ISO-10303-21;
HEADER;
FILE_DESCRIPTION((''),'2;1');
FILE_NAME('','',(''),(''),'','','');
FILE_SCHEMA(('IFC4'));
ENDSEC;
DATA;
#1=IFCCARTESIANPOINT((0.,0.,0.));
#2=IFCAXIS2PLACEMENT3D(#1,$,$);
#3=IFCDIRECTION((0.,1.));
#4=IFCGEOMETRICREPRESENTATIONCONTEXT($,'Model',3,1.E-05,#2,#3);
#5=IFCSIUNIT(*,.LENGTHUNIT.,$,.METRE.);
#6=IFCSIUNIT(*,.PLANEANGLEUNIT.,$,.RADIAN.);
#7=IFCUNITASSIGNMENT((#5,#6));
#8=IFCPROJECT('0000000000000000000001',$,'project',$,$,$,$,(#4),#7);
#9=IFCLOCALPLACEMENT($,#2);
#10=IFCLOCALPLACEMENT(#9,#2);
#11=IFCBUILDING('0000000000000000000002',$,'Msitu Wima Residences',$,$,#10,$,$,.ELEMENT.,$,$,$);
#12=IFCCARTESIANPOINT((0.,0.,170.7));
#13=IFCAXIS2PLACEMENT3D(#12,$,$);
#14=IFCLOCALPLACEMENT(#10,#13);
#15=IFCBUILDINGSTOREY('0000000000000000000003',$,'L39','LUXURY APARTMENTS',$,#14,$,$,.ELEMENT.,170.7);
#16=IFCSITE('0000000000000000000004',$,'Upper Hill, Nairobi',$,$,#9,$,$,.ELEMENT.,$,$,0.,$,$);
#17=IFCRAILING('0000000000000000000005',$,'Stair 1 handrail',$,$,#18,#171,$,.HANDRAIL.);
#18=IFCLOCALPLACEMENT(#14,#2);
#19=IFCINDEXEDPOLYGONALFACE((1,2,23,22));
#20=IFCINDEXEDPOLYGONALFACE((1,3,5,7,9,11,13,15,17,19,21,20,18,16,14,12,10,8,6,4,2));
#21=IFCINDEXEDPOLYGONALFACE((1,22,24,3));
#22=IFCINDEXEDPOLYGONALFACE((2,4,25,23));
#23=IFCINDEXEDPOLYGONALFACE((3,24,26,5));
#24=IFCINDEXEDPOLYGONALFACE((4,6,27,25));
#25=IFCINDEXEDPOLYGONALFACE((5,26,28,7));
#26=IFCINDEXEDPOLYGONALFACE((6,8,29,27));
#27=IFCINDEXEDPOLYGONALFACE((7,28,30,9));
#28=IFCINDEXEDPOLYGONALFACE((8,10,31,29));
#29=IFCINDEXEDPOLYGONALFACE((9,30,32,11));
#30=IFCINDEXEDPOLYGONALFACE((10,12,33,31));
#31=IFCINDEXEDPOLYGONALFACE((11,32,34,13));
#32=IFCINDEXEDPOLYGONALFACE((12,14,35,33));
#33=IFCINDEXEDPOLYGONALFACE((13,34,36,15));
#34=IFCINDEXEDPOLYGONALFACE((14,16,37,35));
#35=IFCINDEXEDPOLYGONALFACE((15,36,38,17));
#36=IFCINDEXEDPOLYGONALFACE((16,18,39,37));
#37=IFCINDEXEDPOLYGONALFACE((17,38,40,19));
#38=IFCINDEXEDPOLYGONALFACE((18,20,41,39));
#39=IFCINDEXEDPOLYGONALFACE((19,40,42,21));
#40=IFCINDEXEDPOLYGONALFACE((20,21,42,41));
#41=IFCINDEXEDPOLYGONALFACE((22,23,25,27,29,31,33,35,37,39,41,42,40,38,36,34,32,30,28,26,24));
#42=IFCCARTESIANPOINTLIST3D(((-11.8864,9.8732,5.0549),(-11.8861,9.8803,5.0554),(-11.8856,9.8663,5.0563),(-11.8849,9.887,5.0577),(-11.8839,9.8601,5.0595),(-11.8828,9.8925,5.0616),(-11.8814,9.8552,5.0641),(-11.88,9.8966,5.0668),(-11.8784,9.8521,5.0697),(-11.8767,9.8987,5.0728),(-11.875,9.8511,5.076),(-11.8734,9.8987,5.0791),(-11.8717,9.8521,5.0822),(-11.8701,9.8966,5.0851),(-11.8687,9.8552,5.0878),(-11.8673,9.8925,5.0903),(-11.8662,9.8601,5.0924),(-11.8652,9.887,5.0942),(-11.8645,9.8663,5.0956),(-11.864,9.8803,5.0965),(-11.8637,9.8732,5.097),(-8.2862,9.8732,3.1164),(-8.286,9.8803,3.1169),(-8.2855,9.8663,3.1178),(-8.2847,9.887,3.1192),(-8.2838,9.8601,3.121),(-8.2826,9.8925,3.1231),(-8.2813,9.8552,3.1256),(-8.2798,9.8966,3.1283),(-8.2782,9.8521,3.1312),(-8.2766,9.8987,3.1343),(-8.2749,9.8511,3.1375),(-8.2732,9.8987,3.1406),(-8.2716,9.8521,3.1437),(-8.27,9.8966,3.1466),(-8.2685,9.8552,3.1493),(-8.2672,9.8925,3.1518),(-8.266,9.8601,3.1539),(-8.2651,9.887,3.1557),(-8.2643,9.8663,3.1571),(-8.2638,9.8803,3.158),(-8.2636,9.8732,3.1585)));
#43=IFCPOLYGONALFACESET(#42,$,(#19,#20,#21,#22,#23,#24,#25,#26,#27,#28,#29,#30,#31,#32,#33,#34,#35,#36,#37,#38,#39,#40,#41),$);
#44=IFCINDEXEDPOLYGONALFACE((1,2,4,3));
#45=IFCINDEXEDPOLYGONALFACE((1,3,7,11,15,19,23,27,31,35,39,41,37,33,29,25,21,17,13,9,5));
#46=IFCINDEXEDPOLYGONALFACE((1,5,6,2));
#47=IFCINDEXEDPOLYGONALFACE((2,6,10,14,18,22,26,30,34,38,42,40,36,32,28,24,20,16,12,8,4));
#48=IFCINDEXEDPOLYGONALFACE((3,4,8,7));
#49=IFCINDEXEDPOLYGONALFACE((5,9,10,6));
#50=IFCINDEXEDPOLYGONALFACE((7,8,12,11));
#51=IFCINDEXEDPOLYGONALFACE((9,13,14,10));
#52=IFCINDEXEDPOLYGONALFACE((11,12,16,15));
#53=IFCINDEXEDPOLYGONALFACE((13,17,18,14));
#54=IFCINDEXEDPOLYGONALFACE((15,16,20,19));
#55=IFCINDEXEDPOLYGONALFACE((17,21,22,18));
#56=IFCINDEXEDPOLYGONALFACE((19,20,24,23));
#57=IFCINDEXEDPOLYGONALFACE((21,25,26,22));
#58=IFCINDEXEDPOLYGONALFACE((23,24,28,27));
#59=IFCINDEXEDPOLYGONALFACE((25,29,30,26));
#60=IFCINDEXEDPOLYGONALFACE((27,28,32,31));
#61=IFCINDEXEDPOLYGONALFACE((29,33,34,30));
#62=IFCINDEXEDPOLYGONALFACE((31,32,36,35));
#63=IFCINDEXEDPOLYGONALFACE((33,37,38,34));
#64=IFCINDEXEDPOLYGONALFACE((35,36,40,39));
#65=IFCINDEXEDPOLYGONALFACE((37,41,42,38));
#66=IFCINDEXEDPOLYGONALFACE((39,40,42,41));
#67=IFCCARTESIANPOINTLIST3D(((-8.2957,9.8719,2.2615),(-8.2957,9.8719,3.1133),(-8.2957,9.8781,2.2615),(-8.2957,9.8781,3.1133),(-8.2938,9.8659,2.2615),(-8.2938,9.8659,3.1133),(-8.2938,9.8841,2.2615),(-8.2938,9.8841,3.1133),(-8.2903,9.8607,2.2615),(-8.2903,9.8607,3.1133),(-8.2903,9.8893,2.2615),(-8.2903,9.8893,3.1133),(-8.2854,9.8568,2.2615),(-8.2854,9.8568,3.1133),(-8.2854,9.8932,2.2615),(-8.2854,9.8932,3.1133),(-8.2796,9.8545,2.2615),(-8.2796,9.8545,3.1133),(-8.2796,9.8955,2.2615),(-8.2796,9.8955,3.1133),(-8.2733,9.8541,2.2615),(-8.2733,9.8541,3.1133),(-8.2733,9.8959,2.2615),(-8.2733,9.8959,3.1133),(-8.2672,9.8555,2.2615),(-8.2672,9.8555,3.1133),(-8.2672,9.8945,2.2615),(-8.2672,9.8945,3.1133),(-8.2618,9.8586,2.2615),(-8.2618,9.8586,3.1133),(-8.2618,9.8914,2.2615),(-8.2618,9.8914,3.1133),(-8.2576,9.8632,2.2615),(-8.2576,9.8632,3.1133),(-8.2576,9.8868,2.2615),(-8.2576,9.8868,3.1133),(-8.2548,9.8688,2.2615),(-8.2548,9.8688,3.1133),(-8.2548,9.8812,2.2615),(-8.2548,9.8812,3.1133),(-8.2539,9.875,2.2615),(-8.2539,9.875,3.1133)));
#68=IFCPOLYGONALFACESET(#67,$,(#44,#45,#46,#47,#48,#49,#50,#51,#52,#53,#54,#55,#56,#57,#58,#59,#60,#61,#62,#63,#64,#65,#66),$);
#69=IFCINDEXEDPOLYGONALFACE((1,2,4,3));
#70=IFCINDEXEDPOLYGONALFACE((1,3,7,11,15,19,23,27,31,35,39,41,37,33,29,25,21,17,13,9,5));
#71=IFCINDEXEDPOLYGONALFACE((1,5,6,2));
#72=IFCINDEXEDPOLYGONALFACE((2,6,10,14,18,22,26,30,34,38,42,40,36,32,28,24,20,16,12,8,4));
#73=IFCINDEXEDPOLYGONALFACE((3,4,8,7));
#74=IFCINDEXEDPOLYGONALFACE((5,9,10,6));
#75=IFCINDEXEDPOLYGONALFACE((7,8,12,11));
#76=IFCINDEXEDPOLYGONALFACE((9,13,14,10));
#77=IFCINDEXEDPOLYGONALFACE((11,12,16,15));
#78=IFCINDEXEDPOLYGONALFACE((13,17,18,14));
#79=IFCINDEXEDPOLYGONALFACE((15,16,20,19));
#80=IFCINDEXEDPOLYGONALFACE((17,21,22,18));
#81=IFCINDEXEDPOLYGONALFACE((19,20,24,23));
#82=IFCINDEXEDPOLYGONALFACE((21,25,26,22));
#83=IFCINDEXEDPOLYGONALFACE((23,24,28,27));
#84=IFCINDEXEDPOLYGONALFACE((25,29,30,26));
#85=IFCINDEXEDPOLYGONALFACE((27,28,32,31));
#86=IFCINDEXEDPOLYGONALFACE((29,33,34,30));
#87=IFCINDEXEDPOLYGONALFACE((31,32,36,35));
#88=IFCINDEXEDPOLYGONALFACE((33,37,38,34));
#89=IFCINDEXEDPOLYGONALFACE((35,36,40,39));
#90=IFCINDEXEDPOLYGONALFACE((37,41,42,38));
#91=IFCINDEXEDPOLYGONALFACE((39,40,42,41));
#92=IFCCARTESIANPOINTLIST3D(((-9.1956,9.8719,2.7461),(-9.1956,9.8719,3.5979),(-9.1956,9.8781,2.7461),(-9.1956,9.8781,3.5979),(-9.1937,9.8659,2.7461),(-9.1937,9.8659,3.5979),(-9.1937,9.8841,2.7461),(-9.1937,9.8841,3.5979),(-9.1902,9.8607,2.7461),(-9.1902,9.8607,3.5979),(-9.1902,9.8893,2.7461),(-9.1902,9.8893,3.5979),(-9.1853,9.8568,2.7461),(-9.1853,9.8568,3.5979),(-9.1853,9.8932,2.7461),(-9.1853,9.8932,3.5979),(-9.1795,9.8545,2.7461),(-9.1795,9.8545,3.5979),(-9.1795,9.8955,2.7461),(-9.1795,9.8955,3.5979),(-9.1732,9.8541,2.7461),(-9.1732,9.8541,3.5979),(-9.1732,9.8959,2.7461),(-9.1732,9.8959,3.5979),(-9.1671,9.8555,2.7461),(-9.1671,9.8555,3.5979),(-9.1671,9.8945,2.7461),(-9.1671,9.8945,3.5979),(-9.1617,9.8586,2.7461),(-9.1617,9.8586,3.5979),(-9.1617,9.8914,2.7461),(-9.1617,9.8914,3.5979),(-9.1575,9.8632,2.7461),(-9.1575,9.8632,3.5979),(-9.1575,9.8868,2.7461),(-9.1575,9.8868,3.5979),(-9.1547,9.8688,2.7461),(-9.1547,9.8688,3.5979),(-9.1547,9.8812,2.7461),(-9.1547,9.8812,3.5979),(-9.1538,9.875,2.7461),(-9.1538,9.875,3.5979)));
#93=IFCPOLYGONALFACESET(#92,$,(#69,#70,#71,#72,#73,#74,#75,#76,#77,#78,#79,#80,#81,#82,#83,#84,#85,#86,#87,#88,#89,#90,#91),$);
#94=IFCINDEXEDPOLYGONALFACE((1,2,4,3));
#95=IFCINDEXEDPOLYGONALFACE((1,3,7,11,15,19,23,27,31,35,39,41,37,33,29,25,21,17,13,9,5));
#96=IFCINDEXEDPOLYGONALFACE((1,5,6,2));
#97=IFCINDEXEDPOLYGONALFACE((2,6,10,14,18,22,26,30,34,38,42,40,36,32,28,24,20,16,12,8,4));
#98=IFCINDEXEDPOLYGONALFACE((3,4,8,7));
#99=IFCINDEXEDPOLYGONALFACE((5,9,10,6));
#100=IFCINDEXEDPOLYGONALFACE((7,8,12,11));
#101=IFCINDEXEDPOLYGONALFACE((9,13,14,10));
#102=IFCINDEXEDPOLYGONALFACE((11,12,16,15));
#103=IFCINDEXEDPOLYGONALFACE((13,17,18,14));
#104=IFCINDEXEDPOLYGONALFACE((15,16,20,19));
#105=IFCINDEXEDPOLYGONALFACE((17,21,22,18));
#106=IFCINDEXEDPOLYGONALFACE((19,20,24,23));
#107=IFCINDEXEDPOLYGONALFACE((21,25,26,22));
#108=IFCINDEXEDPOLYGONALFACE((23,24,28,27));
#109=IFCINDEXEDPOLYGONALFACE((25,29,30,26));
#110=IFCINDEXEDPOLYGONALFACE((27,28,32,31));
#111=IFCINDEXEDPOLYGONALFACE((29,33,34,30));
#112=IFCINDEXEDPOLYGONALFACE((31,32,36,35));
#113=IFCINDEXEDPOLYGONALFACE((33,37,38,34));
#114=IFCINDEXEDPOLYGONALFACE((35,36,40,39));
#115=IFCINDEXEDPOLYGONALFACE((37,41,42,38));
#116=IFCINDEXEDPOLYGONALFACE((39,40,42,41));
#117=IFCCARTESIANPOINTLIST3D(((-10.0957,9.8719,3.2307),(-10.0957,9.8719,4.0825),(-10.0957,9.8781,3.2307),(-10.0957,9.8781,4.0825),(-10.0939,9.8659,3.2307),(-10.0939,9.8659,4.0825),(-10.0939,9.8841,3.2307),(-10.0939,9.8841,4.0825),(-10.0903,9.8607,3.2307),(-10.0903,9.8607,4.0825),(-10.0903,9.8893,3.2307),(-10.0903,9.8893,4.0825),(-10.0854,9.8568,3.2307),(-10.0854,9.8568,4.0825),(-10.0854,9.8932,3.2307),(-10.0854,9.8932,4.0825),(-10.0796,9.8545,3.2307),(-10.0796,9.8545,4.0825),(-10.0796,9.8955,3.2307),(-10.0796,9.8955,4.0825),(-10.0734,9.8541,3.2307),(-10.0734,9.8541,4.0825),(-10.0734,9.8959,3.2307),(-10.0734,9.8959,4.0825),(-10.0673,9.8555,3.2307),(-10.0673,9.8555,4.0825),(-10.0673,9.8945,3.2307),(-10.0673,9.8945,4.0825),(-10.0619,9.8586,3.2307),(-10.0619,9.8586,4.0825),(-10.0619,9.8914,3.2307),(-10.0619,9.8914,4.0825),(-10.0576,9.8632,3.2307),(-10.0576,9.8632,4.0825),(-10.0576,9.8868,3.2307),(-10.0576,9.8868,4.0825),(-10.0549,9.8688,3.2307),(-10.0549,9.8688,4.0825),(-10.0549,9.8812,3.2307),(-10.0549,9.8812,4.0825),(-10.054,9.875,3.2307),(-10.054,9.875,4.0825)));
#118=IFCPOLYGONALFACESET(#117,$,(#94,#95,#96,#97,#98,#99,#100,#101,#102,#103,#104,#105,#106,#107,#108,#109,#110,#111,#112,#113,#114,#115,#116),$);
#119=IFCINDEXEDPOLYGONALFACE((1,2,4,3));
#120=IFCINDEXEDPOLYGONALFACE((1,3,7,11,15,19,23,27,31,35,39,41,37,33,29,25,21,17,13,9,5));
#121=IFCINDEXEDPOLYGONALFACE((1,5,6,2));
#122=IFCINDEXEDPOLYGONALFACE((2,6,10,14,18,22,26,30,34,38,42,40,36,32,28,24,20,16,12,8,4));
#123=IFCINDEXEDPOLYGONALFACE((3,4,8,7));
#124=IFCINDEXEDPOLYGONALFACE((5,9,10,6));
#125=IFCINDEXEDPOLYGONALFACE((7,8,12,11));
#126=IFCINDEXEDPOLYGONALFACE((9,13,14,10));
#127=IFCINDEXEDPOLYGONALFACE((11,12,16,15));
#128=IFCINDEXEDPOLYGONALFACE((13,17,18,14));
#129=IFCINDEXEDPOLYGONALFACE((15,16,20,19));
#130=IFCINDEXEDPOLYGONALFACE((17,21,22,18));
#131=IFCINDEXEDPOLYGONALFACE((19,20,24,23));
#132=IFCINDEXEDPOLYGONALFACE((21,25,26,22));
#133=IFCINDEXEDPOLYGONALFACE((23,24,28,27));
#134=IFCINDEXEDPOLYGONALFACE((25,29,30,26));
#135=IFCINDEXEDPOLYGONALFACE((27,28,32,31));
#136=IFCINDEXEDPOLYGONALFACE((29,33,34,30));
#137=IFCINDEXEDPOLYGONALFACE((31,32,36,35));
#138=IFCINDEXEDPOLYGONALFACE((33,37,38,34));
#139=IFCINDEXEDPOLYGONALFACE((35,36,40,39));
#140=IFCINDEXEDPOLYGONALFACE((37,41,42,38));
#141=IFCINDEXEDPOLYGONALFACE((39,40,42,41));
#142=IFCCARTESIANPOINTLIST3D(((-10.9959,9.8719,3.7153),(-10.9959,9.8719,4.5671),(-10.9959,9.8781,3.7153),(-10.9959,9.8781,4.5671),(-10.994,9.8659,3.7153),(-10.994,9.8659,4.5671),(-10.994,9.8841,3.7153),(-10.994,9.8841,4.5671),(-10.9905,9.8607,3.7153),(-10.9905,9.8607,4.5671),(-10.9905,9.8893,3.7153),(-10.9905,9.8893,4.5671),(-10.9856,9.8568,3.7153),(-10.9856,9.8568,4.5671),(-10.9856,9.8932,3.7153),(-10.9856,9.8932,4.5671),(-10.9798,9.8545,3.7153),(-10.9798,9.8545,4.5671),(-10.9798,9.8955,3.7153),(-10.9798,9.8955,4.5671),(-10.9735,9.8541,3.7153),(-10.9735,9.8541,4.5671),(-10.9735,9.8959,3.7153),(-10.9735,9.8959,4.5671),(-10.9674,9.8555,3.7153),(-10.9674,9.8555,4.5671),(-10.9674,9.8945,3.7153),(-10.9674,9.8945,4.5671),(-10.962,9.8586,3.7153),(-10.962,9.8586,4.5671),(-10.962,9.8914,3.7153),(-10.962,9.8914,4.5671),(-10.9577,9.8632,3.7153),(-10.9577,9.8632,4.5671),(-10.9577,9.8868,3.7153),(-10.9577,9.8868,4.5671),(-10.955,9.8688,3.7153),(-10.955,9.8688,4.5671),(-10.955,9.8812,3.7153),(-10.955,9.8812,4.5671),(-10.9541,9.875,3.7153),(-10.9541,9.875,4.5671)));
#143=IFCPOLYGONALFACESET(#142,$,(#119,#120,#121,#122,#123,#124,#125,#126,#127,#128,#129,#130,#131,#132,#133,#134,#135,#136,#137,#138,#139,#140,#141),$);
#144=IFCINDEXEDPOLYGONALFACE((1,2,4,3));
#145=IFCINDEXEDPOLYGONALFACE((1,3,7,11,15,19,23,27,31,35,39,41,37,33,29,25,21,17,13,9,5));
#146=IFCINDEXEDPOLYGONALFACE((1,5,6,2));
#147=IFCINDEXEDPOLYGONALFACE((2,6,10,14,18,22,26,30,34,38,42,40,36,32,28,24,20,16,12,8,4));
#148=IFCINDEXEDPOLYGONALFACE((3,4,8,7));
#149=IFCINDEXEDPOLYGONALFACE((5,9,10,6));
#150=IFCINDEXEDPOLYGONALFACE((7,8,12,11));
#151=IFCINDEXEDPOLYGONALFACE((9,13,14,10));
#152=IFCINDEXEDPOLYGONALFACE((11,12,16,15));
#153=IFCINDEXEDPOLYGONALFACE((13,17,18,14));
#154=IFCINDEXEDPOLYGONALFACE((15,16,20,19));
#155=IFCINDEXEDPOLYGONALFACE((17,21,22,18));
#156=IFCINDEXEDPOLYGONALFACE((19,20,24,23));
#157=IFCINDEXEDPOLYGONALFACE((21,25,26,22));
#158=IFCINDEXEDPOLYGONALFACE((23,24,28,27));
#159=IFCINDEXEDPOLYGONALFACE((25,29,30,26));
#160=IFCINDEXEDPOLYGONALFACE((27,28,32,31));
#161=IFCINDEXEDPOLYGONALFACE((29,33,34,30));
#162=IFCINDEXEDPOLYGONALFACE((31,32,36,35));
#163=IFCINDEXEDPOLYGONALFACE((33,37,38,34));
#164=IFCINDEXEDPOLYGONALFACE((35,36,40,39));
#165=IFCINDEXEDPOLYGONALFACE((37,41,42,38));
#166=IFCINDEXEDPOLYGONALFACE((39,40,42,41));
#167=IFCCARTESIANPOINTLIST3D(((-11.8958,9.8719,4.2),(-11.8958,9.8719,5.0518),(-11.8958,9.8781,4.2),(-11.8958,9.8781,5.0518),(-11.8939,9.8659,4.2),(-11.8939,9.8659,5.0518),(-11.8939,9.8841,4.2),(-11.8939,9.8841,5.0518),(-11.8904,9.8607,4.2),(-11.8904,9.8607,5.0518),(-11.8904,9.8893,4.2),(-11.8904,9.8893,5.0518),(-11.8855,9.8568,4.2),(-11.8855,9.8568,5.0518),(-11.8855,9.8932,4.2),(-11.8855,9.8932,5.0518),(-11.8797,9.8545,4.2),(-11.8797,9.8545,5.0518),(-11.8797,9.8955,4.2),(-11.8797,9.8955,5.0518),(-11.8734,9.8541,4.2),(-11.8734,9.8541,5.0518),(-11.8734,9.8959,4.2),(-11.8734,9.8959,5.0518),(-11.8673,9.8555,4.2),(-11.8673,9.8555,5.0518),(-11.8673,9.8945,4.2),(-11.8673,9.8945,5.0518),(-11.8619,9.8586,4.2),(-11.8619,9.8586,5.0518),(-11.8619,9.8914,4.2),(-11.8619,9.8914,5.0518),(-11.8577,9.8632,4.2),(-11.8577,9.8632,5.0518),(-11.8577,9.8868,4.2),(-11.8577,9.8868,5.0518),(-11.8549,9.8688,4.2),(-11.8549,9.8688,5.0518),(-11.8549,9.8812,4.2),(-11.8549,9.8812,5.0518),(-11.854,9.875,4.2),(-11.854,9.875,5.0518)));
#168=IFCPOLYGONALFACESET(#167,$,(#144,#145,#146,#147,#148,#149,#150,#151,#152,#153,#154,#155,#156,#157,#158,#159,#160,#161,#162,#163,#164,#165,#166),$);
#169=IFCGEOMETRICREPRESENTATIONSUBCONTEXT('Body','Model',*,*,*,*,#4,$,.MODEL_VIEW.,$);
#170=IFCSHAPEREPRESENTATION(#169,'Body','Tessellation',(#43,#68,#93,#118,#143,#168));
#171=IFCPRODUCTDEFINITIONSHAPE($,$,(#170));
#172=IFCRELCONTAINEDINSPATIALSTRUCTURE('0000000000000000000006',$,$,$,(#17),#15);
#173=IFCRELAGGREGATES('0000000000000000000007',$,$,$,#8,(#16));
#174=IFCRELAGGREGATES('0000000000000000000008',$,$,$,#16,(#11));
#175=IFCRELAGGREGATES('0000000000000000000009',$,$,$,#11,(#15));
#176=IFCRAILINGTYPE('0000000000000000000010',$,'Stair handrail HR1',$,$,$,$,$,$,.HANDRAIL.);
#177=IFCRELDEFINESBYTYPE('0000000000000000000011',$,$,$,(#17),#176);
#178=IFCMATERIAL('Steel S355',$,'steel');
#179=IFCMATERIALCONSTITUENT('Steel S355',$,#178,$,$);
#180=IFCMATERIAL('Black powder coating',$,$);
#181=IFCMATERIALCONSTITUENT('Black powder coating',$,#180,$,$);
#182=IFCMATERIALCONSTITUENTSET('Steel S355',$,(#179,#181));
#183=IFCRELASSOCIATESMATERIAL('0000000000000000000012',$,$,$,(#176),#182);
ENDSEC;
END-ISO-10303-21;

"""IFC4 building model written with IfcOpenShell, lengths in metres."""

from ifc_helpers import new_model, si_unit, direction, frame, origin, origin_2d, place, context, subcontext, project, spatial, circle, extrude, material, constituent, constituent_set, type_object, element, save


model = new_model("IFC4")

# Units and contexts
model_context = context("Model", 3, precision=1e-05, world=origin(), true_north=direction((0.0, 1.0)))
body_context = subcontext(model_context, "Body", "Model", "MODEL_VIEW")
ifc_project = project(units=[si_unit("LENGTHUNIT", "METRE"), si_unit("PLANEANGLEUNIT", "RADIAN")], contexts=[model_context])

# Site, building, storey
site_placement = place(None, origin())
site = spatial("IfcSite", under=ifc_project, at=site_placement, Name="Upper Hill, Nairobi", CompositionType="ELEMENT", RefElevation=0.0)
building_placement = place(site_placement, origin())
building = spatial("IfcBuilding", under=site, at=building_placement, Name="Msitu Wima Residences", CompositionType="ELEMENT")
storey_placement = place(building_placement, frame((0.0, 0.0, 170.7)))
storey = spatial("IfcBuildingStorey", under=building, at=storey_placement, Name="L39", Description="LUXURY APARTMENTS", CompositionType="ELEMENT", Elevation=170.7)

# Railing
ifc_material_1 = material(Name="Steel S355", Category="steel")
ifc_constituent_1 = constituent(ifc_material_1, Name="Steel S355")
ifc_material_2 = material(Name="Black powder coating")
ifc_constituent_2 = constituent(ifc_material_2, Name="Black powder coating")
ifc_constituent_set = constituent_set(constituents=[ifc_constituent_1, ifc_constituent_2], Name="Steel S355")
railing_type = type_object("IfcRailingType", Name="Stair handrail HR1", PredefinedType="HANDRAIL", material=ifc_constituent_set)
railing_placement = place(storey_placement, frame((-8.2749, 9.875, 2.2615)))
element("IfcRailing", 1, at=railing_placement, inside=storey, type_object=railing_type, Name="Stair 1 handrail", PredefinedType="HANDRAIL", context=body_context, shape_type="SweptSolid", body=[
    extrude(circle(Radius=0.0239, at=origin_2d()), frame((0.0, 0.0, 0.876), z_axis=(-0.880475, 0.0, 0.474093), x_axis=(0.0, -1.0, 0.0)), (0.0, 0.0, 1.0), 4.0889),
    extrude(circle(Radius=0.021, at=origin_2d()), origin(), (0.0, 0.0, 1.0), 0.8518),
    extrude(circle(Radius=0.021, at=origin_2d()), frame((-0.8999, 0.0, 0.4846)), (0.0, 0.0, 1.0), 0.8518),
    extrude(circle(Radius=0.021, at=origin_2d()), frame((-1.8, 0.0, 0.9692)), (0.0, 0.0, 1.0), 0.8518),
    extrude(circle(Radius=0.021, at=origin_2d()), frame((-2.7002, 0.0, 1.4539)), (0.0, 0.0, 1.0), 0.8518),
    extrude(circle(Radius=0.021, at=origin_2d()), frame((-3.6001, 0.0, 1.9385)), (0.0, 0.0, 1.0), 0.8518),
])

save(model, "model.ifc")
